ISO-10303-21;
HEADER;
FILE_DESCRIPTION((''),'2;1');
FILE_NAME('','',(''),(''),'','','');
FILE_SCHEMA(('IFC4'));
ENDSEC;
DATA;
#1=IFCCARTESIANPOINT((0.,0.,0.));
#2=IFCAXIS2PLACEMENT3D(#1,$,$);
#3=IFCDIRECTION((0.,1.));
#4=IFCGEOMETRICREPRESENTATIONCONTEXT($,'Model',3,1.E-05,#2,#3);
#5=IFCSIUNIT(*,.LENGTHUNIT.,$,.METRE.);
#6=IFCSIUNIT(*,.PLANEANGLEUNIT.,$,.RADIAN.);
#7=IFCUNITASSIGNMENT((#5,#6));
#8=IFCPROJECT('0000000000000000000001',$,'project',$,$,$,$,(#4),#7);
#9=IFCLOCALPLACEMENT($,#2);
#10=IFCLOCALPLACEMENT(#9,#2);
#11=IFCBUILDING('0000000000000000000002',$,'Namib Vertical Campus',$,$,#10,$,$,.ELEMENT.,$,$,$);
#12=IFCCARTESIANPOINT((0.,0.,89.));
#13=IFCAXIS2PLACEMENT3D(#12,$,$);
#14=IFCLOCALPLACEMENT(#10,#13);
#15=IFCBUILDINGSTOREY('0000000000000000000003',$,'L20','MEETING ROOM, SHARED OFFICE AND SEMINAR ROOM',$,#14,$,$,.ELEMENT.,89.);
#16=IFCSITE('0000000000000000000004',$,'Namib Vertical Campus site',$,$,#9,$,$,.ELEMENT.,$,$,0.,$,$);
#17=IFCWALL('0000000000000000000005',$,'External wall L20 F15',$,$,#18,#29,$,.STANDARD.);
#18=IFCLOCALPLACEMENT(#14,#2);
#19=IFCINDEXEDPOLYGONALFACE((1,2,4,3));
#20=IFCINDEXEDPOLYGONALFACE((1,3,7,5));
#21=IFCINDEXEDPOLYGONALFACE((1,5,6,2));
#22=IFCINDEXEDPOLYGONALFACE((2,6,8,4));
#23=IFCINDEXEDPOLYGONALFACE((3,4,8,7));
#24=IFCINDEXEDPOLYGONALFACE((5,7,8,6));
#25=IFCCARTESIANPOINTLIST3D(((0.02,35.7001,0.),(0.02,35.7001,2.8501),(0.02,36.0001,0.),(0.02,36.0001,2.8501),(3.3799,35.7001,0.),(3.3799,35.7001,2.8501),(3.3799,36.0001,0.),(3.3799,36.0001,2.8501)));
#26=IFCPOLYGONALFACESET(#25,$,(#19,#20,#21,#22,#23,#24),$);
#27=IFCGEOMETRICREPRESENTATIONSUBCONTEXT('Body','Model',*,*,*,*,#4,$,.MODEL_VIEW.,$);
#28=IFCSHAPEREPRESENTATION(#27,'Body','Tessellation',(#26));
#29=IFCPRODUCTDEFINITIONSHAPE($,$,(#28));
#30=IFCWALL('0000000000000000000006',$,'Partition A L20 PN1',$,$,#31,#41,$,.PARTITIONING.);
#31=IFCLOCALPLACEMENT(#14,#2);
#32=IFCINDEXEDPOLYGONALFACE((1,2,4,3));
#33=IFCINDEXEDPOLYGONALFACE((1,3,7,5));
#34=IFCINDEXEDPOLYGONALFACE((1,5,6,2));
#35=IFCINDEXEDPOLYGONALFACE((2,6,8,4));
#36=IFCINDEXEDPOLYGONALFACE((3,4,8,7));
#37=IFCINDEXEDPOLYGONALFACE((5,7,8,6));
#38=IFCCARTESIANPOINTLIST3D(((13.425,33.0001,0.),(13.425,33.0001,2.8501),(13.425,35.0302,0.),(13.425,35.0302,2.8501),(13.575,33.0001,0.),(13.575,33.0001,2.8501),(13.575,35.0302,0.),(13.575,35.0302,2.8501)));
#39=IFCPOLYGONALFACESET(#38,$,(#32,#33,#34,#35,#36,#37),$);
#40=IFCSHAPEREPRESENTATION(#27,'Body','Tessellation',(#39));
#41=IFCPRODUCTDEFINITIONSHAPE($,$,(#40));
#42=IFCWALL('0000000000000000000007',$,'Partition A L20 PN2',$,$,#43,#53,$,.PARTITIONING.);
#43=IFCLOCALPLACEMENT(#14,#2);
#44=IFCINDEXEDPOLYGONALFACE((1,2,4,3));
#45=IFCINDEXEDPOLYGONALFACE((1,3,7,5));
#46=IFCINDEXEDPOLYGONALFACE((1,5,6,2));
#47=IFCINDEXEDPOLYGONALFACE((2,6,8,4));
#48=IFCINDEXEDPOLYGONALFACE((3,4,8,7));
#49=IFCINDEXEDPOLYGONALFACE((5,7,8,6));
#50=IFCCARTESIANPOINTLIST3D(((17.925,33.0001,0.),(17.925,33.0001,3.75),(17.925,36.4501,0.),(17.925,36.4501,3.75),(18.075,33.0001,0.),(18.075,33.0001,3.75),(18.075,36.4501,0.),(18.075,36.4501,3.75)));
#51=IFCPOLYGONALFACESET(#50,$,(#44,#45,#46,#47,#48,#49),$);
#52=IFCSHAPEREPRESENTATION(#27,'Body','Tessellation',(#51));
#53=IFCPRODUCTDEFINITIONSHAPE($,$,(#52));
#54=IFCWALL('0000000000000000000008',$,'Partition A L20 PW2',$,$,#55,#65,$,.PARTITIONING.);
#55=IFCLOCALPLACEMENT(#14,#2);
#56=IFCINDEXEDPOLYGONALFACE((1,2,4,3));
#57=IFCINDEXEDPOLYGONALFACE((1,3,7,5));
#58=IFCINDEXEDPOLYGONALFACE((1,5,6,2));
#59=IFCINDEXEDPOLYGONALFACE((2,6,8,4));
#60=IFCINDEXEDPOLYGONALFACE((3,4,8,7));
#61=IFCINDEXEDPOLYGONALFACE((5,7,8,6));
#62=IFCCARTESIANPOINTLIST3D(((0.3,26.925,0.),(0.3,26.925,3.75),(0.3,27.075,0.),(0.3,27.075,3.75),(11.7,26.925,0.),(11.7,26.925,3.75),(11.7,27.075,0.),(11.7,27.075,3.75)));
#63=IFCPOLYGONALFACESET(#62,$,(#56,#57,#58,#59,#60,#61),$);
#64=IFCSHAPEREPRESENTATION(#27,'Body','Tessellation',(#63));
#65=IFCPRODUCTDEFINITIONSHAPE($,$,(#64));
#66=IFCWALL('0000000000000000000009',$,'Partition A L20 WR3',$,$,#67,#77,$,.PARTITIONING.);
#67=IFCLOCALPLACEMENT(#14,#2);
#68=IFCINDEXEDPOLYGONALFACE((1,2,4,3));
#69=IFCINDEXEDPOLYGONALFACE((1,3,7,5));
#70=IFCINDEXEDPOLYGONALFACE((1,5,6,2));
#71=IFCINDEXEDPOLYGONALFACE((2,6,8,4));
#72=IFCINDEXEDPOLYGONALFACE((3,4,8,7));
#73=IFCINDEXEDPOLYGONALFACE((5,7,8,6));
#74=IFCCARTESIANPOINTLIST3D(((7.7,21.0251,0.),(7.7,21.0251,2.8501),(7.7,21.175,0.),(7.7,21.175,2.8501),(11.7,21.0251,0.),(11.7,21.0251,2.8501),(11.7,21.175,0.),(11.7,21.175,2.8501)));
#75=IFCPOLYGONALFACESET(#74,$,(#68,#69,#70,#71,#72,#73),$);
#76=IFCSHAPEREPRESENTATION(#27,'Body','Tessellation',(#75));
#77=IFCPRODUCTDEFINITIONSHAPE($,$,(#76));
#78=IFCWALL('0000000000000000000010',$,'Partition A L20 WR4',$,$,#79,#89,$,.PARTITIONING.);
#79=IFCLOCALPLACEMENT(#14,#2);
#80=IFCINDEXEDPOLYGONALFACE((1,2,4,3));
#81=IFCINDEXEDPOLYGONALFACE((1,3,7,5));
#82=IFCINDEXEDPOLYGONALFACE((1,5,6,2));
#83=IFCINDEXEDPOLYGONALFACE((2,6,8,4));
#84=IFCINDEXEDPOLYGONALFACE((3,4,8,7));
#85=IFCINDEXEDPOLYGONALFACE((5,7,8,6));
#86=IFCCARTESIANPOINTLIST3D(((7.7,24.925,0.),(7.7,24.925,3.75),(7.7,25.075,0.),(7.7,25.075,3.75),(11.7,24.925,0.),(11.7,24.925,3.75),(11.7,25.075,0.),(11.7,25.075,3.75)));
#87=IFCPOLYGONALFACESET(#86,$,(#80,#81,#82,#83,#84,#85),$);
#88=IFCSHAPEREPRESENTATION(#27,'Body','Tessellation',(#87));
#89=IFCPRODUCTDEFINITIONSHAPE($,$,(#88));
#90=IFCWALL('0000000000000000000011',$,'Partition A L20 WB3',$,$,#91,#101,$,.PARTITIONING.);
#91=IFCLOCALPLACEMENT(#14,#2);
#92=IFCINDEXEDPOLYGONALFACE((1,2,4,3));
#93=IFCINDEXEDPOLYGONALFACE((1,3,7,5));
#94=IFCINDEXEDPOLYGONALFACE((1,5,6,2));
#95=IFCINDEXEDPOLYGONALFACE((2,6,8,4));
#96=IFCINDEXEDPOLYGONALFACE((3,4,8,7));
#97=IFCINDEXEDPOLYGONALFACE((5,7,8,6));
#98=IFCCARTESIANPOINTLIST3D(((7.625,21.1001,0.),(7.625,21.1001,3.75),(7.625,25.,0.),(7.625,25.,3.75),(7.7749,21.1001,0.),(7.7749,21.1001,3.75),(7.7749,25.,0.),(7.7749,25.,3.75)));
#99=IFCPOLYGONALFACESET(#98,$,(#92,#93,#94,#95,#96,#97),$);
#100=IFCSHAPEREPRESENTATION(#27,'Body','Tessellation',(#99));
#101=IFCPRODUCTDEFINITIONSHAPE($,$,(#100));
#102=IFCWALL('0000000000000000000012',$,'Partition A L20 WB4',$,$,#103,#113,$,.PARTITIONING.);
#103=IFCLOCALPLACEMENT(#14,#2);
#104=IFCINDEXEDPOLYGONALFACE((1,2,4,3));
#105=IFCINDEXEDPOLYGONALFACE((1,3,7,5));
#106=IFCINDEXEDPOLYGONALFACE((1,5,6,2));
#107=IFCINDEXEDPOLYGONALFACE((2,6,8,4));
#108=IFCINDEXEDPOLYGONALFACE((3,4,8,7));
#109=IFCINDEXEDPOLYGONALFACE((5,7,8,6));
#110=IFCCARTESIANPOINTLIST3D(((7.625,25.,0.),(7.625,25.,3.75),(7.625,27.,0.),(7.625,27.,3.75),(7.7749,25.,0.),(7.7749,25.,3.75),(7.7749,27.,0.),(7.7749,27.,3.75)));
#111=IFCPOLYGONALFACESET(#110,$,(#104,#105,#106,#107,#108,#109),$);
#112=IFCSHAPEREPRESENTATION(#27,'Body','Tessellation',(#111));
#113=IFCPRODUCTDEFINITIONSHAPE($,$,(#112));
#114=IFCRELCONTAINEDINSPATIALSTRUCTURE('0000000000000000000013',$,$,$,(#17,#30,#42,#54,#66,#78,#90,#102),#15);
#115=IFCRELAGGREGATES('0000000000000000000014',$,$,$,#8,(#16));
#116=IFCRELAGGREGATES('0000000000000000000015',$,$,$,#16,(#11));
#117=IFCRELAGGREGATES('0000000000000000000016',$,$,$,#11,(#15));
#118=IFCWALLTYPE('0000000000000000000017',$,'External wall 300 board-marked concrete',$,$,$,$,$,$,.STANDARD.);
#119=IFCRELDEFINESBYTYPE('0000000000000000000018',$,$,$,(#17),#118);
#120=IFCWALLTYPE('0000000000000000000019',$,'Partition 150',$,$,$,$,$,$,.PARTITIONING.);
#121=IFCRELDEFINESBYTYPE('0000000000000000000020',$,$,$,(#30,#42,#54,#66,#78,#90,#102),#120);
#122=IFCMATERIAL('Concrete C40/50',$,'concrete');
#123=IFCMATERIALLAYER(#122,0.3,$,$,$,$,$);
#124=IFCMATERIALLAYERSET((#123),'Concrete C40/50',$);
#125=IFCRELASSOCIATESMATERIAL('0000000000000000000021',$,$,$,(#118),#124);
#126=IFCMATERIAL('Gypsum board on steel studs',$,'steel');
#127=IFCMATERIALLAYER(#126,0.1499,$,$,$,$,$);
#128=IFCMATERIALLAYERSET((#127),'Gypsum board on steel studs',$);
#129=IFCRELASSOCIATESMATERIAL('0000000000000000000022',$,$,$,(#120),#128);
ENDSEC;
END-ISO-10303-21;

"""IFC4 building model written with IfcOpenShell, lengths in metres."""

from ifc_helpers import new_model, si_unit, direction, frame, frame_2d, origin, place, context, subcontext, project, spatial, rectangle, extrude, material, layer, layer_set, type_object, element, save


model = new_model("IFC4")

# Units and contexts
model_context = context("Model", 3, precision=1e-05, world=origin(), true_north=direction((0.0, 1.0)))
body_context = subcontext(model_context, "Body", "Model", "MODEL_VIEW")
ifc_project = project(units=[si_unit("LENGTHUNIT", "METRE"), si_unit("PLANEANGLEUNIT", "RADIAN")], contexts=[model_context])

# Site, building, storey
site_placement = place(None, origin())
site = spatial("IfcSite", under=ifc_project, at=site_placement, Name="Namib Vertical Campus site", CompositionType="ELEMENT", RefElevation=0.0)
building_placement = place(site_placement, origin())
building = spatial("IfcBuilding", under=site, at=building_placement, Name="Namib Vertical Campus", CompositionType="ELEMENT")
storey_placement = place(building_placement, frame((0.0, 0.0, 89.0)))
storey = spatial("IfcBuildingStorey", under=building, at=storey_placement, Name="L20", Description="MEETING ROOM, SHARED OFFICE AND SEMINAR ROOM", CompositionType="ELEMENT", Elevation=89.0)

# Walls
ifc_material_1 = material(Name="Concrete C40/50", Category="concrete")
ifc_layer_1 = layer(ifc_material_1, 0.3)
ifc_layer_set_1 = layer_set([ifc_layer_1], Name="Concrete C40/50")
wall_type_1 = type_object("IfcWallType", Name="External wall 300 board-marked concrete", PredefinedType="STANDARD", material=ifc_layer_set_1)
wall_1_placement = place(storey_placement, frame((3.3799, 35.8501, 0.0), z_axis=(0.0, 0.0, 1.0), x_axis=(-1.0, 0.0, 0.0)))
element("IfcWall", 1, at=wall_1_placement, inside=storey, type_object=wall_type_1, Name="External wall L20 F15", PredefinedType="STANDARD", context=body_context, shape_type="SweptSolid", body=[
    extrude(rectangle(XDim=3.3599, YDim=0.3, at=frame_2d((1.6799, 0.0))), origin(), (0.0, 0.0, 1.0), 2.8501),
])
ifc_material_2 = material(Name="Gypsum board on steel studs", Category="steel")
ifc_layer_2 = layer(ifc_material_2, 0.1499)
ifc_layer_set_2 = layer_set([ifc_layer_2], Name="Gypsum board on steel studs")
wall_type_2 = type_object("IfcWallType", Name="Partition 150", PredefinedType="PARTITIONING", material=ifc_layer_set_2)
wall_2_placement = place(storey_placement, frame((13.5, 33.0, 0.0), z_axis=(0.0, 0.0, 1.0), x_axis=(0.0, 1.0, 0.0)))
element("IfcWall", 2, at=wall_2_placement, inside=storey, type_object=wall_type_2, Name="Partition A L20 PN1", PredefinedType="PARTITIONING", context=body_context, shape_type="SweptSolid", body=[
    extrude(rectangle(XDim=2.03, YDim=0.1499, at=frame_2d((1.0151, 0.0))), origin(), (0.0, 0.0, 1.0), 2.8501),
])
wall_3_placement = place(storey_placement, frame((18.0, 33.0, 0.0), z_axis=(0.0, 0.0, 1.0), x_axis=(0.0, 1.0, 0.0)))
element("IfcWall", 3, at=wall_3_placement, inside=storey, type_object=wall_type_2, Name="Partition A L20 PN2", PredefinedType="PARTITIONING", context=body_context, shape_type="SweptSolid", body=[
    extrude(rectangle(XDim=3.45, YDim=0.1499, at=frame_2d((1.7251, 0.0))), origin(), (0.0, 0.0, 1.0), 3.75),
])
wall_4_placement = place(storey_placement, frame((0.3, 27.0, 0.0), z_axis=(0.0, 0.0, 1.0), x_axis=(1.0, 0.0, 0.0)))
element("IfcWall", 4, at=wall_4_placement, inside=storey, type_object=wall_type_2, Name="Partition A L20 PW2", PredefinedType="PARTITIONING", context=body_context, shape_type="SweptSolid", body=[
    extrude(rectangle(XDim=11.3999, YDim=0.1499, at=frame_2d((5.7, 0.0))), origin(), (0.0, 0.0, 1.0), 3.75),
])
wall_5_placement = place(storey_placement, frame((11.7, 21.1001, 0.0), z_axis=(0.0, 0.0, 1.0), x_axis=(-1.0, 0.0, 0.0)))
element("IfcWall", 5, at=wall_5_placement, inside=storey, type_object=wall_type_2, Name="Partition A L20 WR3", PredefinedType="PARTITIONING", context=body_context, shape_type="SweptSolid", body=[
    extrude(rectangle(XDim=4.0, YDim=0.1499, at=frame_2d((2.0, 0.0))), origin(), (0.0, 0.0, 1.0), 2.8501),
])
wall_6_placement = place(storey_placement, frame((11.7, 25.0, 0.0), z_axis=(0.0, 0.0, 1.0), x_axis=(-1.0, 0.0, 0.0)))
element("IfcWall", 6, at=wall_6_placement, inside=storey, type_object=wall_type_2, Name="Partition A L20 WR4", PredefinedType="PARTITIONING", context=body_context, shape_type="SweptSolid", body=[
    extrude(rectangle(XDim=4.0, YDim=0.1499, at=frame_2d((2.0, 0.0))), origin(), (0.0, 0.0, 1.0), 3.75),
])
wall_7_placement = place(storey_placement, frame((7.7, 21.1001, 0.0), z_axis=(0.0, 0.0, 1.0), x_axis=(0.0, 1.0, 0.0)))
element("IfcWall", 7, at=wall_7_placement, inside=storey, type_object=wall_type_2, Name="Partition A L20 WB3", PredefinedType="PARTITIONING", context=body_context, shape_type="SweptSolid", body=[
    extrude(rectangle(XDim=3.8999, YDim=0.1499, at=frame_2d((1.95, 0.0))), origin(), (0.0, 0.0, 1.0), 3.75),
])
wall_8_placement = place(storey_placement, frame((7.7, 25.0, 0.0), z_axis=(0.0, 0.0, 1.0), x_axis=(0.0, 1.0, 0.0)))
element("IfcWall", 8, at=wall_8_placement, inside=storey, type_object=wall_type_2, Name="Partition A L20 WB4", PredefinedType="PARTITIONING", context=body_context, shape_type="SweptSolid", body=[
    extrude(rectangle(XDim=2.0, YDim=0.1499, at=frame_2d((1.0, 0.0))), origin(), (0.0, 0.0, 1.0), 3.75),
])

save(model, "model.ifc")
